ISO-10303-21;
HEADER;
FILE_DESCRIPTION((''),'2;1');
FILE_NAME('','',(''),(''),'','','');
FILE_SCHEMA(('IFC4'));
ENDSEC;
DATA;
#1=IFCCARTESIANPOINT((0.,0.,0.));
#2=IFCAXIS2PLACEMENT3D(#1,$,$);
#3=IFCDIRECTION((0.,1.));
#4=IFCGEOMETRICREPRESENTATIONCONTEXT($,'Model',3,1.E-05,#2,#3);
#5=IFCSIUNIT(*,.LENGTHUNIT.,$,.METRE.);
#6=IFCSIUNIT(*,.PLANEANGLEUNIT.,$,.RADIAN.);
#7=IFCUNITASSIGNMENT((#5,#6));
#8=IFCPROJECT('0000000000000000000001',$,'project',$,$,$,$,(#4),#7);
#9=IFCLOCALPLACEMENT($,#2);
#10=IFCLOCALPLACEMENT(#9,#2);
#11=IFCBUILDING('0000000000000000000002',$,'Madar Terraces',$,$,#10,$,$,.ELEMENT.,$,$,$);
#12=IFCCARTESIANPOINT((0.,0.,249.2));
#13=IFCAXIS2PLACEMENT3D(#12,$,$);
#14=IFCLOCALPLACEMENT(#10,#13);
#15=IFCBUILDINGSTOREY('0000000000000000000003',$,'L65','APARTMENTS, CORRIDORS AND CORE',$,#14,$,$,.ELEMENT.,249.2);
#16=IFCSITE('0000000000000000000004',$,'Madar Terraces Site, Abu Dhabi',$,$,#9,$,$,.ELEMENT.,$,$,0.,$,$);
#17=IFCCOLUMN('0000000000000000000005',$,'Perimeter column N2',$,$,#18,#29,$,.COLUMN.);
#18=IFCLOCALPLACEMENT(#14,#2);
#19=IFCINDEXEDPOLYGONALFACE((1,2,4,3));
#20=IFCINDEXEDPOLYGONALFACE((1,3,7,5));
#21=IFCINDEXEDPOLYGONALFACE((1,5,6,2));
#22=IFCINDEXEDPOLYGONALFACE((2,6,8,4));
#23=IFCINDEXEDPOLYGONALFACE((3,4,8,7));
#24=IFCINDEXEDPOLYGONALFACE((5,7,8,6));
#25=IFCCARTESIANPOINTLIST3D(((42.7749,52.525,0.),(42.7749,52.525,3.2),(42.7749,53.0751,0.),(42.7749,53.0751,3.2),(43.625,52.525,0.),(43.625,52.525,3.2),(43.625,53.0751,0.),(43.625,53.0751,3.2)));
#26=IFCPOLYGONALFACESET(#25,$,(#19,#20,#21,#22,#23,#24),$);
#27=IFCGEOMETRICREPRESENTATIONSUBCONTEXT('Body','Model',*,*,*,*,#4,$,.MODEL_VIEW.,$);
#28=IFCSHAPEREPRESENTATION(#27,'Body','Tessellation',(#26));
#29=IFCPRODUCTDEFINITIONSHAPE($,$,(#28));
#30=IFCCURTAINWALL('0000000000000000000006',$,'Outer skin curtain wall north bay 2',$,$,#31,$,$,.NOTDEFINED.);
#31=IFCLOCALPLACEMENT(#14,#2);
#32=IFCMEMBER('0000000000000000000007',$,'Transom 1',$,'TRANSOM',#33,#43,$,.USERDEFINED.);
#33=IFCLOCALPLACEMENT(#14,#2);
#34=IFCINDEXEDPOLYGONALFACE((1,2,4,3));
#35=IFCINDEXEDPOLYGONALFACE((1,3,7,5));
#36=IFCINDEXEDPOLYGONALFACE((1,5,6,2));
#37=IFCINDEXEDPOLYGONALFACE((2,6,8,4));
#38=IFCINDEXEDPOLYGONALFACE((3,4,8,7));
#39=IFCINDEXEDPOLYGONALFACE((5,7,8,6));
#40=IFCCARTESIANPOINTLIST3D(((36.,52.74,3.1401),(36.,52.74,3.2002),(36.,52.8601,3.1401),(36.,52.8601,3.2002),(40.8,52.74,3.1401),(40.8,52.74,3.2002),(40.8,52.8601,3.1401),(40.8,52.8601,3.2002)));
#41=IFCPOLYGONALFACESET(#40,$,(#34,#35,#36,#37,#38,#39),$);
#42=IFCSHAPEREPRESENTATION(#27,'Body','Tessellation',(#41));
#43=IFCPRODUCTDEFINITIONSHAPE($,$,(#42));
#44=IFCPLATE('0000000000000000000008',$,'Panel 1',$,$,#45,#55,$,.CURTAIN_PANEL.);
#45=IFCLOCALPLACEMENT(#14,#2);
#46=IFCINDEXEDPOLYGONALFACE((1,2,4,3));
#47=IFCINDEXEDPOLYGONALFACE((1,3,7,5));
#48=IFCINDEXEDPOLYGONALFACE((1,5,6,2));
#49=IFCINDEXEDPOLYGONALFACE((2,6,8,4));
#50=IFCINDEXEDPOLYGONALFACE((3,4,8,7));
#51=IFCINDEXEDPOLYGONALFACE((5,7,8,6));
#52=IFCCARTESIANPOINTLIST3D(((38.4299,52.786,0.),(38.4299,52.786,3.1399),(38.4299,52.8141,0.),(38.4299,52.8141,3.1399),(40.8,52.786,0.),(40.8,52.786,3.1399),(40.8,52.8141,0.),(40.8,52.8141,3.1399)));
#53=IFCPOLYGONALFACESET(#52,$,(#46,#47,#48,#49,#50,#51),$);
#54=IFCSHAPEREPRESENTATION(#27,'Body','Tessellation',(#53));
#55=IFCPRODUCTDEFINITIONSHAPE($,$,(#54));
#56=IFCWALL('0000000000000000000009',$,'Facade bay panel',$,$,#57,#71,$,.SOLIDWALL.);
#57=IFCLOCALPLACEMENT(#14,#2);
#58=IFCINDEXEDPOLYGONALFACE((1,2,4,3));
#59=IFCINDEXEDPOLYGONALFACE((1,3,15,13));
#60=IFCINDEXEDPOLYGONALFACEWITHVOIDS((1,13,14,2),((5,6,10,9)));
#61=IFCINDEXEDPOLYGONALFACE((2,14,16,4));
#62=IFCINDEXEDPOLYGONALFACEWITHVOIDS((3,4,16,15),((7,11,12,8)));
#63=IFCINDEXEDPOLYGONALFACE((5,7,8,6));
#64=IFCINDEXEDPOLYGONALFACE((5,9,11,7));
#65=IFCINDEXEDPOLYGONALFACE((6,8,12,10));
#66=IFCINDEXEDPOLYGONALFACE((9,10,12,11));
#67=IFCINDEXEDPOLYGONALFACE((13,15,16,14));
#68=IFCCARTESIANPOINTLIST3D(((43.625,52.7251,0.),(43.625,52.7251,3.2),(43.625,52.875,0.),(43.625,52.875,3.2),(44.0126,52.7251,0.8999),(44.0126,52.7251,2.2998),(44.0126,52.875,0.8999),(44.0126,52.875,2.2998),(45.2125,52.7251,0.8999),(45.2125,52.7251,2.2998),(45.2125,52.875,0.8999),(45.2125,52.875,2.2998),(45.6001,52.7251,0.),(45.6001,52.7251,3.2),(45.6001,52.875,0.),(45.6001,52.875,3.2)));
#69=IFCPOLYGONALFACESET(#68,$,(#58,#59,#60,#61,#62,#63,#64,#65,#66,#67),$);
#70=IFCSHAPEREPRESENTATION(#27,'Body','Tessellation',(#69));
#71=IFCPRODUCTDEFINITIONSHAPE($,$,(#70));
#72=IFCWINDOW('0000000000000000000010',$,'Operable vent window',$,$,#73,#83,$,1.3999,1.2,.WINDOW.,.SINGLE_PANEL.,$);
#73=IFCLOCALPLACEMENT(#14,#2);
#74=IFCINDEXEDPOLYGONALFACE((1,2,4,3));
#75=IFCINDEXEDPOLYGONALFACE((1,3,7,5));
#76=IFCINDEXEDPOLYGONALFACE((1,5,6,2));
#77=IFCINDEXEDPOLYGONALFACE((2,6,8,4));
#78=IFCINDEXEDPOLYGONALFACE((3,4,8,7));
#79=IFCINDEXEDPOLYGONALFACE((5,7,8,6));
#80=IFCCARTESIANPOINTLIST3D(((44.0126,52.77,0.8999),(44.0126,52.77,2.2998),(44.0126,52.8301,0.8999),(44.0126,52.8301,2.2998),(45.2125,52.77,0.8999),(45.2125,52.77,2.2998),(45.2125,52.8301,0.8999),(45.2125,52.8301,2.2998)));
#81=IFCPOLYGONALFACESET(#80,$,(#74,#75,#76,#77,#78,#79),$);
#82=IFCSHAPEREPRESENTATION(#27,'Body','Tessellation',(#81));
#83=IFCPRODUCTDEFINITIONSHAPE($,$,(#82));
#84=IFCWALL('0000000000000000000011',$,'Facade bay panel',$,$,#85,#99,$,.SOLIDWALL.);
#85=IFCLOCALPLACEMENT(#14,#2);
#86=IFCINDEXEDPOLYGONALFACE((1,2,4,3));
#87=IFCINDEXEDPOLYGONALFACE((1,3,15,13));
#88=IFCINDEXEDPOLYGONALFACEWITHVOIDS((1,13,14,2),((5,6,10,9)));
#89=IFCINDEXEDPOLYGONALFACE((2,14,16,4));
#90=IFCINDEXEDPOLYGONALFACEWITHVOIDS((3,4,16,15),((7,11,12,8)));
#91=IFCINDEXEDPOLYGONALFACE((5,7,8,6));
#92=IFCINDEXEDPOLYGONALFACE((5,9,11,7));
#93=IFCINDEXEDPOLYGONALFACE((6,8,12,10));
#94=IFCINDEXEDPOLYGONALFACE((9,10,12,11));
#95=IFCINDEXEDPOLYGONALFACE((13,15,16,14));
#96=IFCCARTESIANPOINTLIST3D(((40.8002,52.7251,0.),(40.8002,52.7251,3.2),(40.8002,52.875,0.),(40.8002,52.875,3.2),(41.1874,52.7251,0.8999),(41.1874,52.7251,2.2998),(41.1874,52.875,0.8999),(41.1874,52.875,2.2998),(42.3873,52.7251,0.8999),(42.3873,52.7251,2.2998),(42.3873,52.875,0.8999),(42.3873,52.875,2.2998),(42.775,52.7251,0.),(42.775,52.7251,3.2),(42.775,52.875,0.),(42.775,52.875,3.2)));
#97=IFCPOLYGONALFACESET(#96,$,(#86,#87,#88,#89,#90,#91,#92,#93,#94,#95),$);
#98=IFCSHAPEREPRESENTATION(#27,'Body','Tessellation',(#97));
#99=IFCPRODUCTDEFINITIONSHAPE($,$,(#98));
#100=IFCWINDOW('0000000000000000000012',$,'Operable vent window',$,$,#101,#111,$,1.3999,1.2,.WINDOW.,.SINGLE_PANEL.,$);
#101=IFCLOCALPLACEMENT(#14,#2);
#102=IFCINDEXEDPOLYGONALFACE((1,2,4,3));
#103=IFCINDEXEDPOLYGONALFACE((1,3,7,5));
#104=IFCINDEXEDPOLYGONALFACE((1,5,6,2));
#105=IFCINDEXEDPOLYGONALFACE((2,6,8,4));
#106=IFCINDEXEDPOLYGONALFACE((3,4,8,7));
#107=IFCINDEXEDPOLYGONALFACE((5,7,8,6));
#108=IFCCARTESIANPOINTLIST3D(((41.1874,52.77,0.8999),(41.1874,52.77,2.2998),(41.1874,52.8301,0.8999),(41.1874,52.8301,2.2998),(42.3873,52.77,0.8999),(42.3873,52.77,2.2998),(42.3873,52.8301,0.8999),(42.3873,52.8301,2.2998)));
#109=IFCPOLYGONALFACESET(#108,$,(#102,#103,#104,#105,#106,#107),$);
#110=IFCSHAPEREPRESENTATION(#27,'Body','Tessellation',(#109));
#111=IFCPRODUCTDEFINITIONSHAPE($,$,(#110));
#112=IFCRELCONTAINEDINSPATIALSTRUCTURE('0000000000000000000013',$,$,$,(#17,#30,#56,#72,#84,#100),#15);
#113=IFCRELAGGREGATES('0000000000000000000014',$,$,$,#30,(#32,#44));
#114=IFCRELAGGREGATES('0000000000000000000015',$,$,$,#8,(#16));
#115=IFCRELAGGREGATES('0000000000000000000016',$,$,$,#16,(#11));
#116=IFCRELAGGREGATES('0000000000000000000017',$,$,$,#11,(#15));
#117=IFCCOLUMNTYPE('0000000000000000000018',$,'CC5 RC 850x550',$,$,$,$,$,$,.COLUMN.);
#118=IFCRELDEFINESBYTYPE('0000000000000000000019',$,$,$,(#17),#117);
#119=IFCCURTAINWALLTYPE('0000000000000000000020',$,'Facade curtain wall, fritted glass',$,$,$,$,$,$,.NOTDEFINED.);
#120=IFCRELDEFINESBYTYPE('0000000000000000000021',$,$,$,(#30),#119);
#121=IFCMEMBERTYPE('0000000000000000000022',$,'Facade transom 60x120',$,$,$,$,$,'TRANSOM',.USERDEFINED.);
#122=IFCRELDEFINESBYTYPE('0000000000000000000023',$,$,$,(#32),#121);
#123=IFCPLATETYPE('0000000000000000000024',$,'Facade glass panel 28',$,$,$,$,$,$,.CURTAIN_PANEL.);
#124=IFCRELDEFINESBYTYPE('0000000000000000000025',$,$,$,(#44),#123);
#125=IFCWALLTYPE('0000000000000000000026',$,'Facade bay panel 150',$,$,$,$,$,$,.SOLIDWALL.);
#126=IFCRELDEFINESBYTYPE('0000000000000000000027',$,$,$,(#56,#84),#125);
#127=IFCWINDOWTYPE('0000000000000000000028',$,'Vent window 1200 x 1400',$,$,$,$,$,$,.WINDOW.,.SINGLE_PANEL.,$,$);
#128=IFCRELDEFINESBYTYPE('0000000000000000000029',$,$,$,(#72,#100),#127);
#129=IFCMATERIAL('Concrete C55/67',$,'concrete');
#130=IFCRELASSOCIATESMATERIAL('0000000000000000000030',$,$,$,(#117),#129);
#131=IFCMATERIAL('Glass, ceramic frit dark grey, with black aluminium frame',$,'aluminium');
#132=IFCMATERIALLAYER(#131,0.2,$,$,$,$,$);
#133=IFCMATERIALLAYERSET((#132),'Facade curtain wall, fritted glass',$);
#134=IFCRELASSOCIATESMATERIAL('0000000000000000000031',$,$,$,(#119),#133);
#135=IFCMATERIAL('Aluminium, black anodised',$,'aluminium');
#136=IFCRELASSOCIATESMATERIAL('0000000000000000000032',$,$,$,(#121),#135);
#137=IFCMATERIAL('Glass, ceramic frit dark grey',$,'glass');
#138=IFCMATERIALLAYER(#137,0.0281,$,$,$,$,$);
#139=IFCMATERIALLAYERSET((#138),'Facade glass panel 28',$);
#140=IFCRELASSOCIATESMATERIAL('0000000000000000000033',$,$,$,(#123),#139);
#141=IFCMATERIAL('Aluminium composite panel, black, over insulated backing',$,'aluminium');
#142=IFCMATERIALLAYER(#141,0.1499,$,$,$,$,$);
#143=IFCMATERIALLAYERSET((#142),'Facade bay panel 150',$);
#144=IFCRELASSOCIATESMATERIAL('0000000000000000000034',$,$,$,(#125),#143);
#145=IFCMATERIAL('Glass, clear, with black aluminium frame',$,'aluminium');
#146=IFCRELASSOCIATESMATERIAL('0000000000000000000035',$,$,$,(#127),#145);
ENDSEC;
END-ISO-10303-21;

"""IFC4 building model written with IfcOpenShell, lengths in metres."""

from ifc_helpers import new_model, si_unit, direction, frame, frame_2d, origin, origin_2d, place, context, subcontext, project, spatial, rectangle, extrude, material, layer, layer_set, material_profile, profile_set, type_object, element, fill, aggregate, save


model = new_model("IFC4")

# Units and contexts
model_context = context("Model", 3, precision=1e-05, world=origin(), true_north=direction((0.0, 1.0)))
body_context = subcontext(model_context, "Body", "Model", "MODEL_VIEW")
ifc_project = project(units=[si_unit("LENGTHUNIT", "METRE"), si_unit("PLANEANGLEUNIT", "RADIAN")], contexts=[model_context])

# Site, building, storey
site_placement = place(None, origin())
site = spatial("IfcSite", under=ifc_project, at=site_placement, Name="Madar Terraces Site, Abu Dhabi", CompositionType="ELEMENT", RefElevation=0.0)
building_placement = place(site_placement, origin())
building = spatial("IfcBuilding", under=site, at=building_placement, Name="Madar Terraces", CompositionType="ELEMENT")
storey_placement = place(building_placement, frame((0.0, 0.0, 249.2)))
storey = spatial("IfcBuildingStorey", under=building, at=storey_placement, Name="L65", Description="APARTMENTS, CORRIDORS AND CORE", CompositionType="ELEMENT", Elevation=249.2)

# Column
ifc_material_1 = material(Name="Concrete C55/67", Category="concrete")
ifc_material_profile_1 = material_profile(ifc_material_1, rectangle(XDim=0.8501, YDim=0.55, at=origin_2d()), Name="CC5 RC 850x550")
ifc_profile_set_1 = profile_set([ifc_material_profile_1], Name="Concrete C55/67")
column_type = type_object("IfcColumnType", Name="CC5 RC 850x550", PredefinedType="COLUMN", material=ifc_profile_set_1)
column_placement = place(storey_placement, frame((43.2, 52.8, 0.0), z_axis=(0.0, 0.0, 1.0), x_axis=(1.0, 0.0, 0.0)))
element("IfcColumn", 1, at=column_placement, inside=storey, type_object=column_type, Name="Perimeter column N2", PredefinedType="COLUMN", context=body_context, shape_type="SweptSolid", body=[
    extrude(rectangle(XDim=0.8501, YDim=0.55, at=origin_2d()), origin(), (0.0, 0.0, 1.0), 3.2),
])

# Curtain wall, member, plate
ifc_material_2 = material(Name="Glass, ceramic frit dark grey, with black aluminium frame", Category="aluminium")
ifc_layer_1 = layer(ifc_material_2, 0.2)
ifc_layer_set_1 = layer_set([ifc_layer_1], Name="Facade curtain wall, fritted glass")
curtain_wall_type = type_object("IfcCurtainWallType", Name="Facade curtain wall, fritted glass", PredefinedType="NOTDEFINED", material=ifc_layer_set_1)
curtain_wall_placement = place(storey_placement, origin())
curtain_wall = element("IfcCurtainWall", 2, at=curtain_wall_placement, inside=storey, type_object=curtain_wall_type, Name="Outer skin curtain wall north bay 2", PredefinedType="NOTDEFINED")
ifc_material_3 = material(Name="Aluminium, black anodised", Category="aluminium")
ifc_material_profile_2 = material_profile(ifc_material_3, rectangle(XDim=0.1201, YDim=0.0601, at=origin_2d()), Name="Facade transom 60x120")
ifc_profile_set_2 = profile_set([ifc_material_profile_2], Name="Aluminium, black anodised")
member_type = type_object("IfcMemberType", Name="Facade transom 60x120", ElementType="TRANSOM", PredefinedType="USERDEFINED", material=ifc_profile_set_2)
member_placement = place(storey_placement, frame((40.8, 52.8, 3.1702), z_axis=(-1.0, 0.0, 0.0), x_axis=(0.0, -1.0, 0.0)))
member = element("IfcMember", 3, at=member_placement, type_object=member_type, Name="Transom 1", ObjectType="TRANSOM", PredefinedType="USERDEFINED", context=body_context, shape_type="SweptSolid", body=[
    extrude(rectangle(XDim=0.1201, YDim=0.0601, at=origin_2d()), origin(), (0.0, 0.0, 1.0), 4.8),
])
ifc_material_4 = material(Name="Glass, ceramic frit dark grey", Category="glass")
ifc_layer_2 = layer(ifc_material_4, 0.0281)
ifc_layer_set_2 = layer_set([ifc_layer_2], Name="Facade glass panel 28")
plate_type = type_object("IfcPlateType", Name="Facade glass panel 28", PredefinedType="CURTAIN_PANEL", material=ifc_layer_set_2)
plate_placement = place(storey_placement, frame((39.615, 52.8, 0.0), z_axis=(0.0, 0.0, 1.0), x_axis=(-1.0, 0.0, 0.0)))
plate = element("IfcPlate", 4, at=plate_placement, type_object=plate_type, Name="Panel 1", PredefinedType="CURTAIN_PANEL", context=body_context, shape_type="SweptSolid", body=[
    extrude(rectangle(XDim=2.3701, YDim=0.0281, at=origin_2d()), origin(), (0.0, 0.0, 1.0), 3.1399),
])
aggregate(curtain_wall, [member, plate])

# Walls, openings, windows
ifc_material_5 = material(Name="Aluminium composite panel, black, over insulated backing", Category="aluminium")
ifc_layer_3 = layer(ifc_material_5, 0.1499)
ifc_layer_set_3 = layer_set([ifc_layer_3], Name="Facade bay panel 150")
wall_type_1 = type_object("IfcWallType", Name="Facade bay panel 150", PredefinedType="SOLIDWALL", material=ifc_layer_set_3)
wall_1_placement = place(storey_placement, frame((45.6001, 52.8, 0.0), z_axis=(0.0, 0.0, 1.0), x_axis=(-1.0, 0.0, 0.0)))
wall_1 = element("IfcWall", 5, at=wall_1_placement, inside=storey, type_object=wall_type_1, Name="Facade bay panel", PredefinedType="SOLIDWALL", context=body_context, shape_type="SweptSolid", body=[
    extrude(rectangle(XDim=1.9751, YDim=0.1499, at=frame_2d((0.9875, 0.0))), origin(), (0.0, 0.0, 1.0), 3.2),
])
opening_1_placement = place(wall_1_placement, frame((0.3875, 0.0, 0.8999)))
opening_1 = element("IfcOpeningElement", 6, at=opening_1_placement, cuts=wall_1, PredefinedType="OPENING", context=body_context, shape_type="SweptSolid", body=[
    extrude(rectangle(XDim=1.2, YDim=1.3999, at=frame_2d((0.6001, 0.7))), frame((0.0, 0.085, 0.0), z_axis=(0.0, -1.0, 0.0), x_axis=(1.0, 0.0, 0.0)), (0.0, 0.0, 1.0), 0.1699),
])
ifc_material_6 = material(Name="Glass, clear, with black aluminium frame", Category="aluminium")
window_type = type_object("IfcWindowType", Name="Vent window 1200 x 1400", PartitioningType="SINGLE_PANEL", PredefinedType="WINDOW", material=ifc_material_6)
window_1_placement = place(opening_1_placement, origin())
window_1 = element("IfcWindow", 7, at=window_1_placement, inside=storey, type_object=window_type, Name="Operable vent window", OverallHeight=1.3999, OverallWidth=1.2, PartitioningType="SINGLE_PANEL", PredefinedType="WINDOW", context=body_context, shape_type="SweptSolid", body=[
    extrude(rectangle(XDim=1.2, YDim=1.3999, at=frame_2d((0.6001, 0.7))), frame((0.0, 0.03, 0.0), z_axis=(0.0, -1.0, 0.0), x_axis=(1.0, 0.0, 0.0)), (0.0, 0.0, 1.0), 0.0601),
])
fill(opening_1, window_1)
wall_2_placement = place(storey_placement, frame((42.7749, 52.8, 0.0), z_axis=(0.0, 0.0, 1.0), x_axis=(-1.0, 0.0, 0.0)))
wall_2 = element("IfcWall", 8, at=wall_2_placement, inside=storey, type_object=wall_type_1, Name="Facade bay panel", PredefinedType="SOLIDWALL", context=body_context, shape_type="SweptSolid", body=[
    extrude(rectangle(XDim=1.9749, YDim=0.1499, at=frame_2d((0.9873, 0.0))), origin(), (0.0, 0.0, 1.0), 3.2),
])
opening_2_placement = place(wall_2_placement, frame((0.3875, 0.0, 0.8999)))
opening_2 = element("IfcOpeningElement", 9, at=opening_2_placement, cuts=wall_2, PredefinedType="OPENING", context=body_context, shape_type="SweptSolid", body=[
    extrude(rectangle(XDim=1.2, YDim=1.3999, at=frame_2d((0.6001, 0.7))), frame((0.0, 0.085, 0.0), z_axis=(0.0, -1.0, 0.0), x_axis=(1.0, 0.0, 0.0)), (0.0, 0.0, 1.0), 0.1699),
])
window_2_placement = place(opening_2_placement, origin())
window_2 = element("IfcWindow", 10, at=window_2_placement, inside=storey, type_object=window_type, Name="Operable vent window", OverallHeight=1.3999, OverallWidth=1.2, PartitioningType="SINGLE_PANEL", PredefinedType="WINDOW", context=body_context, shape_type="SweptSolid", body=[
    extrude(rectangle(XDim=1.2, YDim=1.3999, at=frame_2d((0.6001, 0.7))), frame((0.0, 0.03, 0.0), z_axis=(0.0, -1.0, 0.0), x_axis=(1.0, 0.0, 0.0)), (0.0, 0.0, 1.0), 0.0601),
])
fill(opening_2, window_2)

save(model, "model.ifc")
